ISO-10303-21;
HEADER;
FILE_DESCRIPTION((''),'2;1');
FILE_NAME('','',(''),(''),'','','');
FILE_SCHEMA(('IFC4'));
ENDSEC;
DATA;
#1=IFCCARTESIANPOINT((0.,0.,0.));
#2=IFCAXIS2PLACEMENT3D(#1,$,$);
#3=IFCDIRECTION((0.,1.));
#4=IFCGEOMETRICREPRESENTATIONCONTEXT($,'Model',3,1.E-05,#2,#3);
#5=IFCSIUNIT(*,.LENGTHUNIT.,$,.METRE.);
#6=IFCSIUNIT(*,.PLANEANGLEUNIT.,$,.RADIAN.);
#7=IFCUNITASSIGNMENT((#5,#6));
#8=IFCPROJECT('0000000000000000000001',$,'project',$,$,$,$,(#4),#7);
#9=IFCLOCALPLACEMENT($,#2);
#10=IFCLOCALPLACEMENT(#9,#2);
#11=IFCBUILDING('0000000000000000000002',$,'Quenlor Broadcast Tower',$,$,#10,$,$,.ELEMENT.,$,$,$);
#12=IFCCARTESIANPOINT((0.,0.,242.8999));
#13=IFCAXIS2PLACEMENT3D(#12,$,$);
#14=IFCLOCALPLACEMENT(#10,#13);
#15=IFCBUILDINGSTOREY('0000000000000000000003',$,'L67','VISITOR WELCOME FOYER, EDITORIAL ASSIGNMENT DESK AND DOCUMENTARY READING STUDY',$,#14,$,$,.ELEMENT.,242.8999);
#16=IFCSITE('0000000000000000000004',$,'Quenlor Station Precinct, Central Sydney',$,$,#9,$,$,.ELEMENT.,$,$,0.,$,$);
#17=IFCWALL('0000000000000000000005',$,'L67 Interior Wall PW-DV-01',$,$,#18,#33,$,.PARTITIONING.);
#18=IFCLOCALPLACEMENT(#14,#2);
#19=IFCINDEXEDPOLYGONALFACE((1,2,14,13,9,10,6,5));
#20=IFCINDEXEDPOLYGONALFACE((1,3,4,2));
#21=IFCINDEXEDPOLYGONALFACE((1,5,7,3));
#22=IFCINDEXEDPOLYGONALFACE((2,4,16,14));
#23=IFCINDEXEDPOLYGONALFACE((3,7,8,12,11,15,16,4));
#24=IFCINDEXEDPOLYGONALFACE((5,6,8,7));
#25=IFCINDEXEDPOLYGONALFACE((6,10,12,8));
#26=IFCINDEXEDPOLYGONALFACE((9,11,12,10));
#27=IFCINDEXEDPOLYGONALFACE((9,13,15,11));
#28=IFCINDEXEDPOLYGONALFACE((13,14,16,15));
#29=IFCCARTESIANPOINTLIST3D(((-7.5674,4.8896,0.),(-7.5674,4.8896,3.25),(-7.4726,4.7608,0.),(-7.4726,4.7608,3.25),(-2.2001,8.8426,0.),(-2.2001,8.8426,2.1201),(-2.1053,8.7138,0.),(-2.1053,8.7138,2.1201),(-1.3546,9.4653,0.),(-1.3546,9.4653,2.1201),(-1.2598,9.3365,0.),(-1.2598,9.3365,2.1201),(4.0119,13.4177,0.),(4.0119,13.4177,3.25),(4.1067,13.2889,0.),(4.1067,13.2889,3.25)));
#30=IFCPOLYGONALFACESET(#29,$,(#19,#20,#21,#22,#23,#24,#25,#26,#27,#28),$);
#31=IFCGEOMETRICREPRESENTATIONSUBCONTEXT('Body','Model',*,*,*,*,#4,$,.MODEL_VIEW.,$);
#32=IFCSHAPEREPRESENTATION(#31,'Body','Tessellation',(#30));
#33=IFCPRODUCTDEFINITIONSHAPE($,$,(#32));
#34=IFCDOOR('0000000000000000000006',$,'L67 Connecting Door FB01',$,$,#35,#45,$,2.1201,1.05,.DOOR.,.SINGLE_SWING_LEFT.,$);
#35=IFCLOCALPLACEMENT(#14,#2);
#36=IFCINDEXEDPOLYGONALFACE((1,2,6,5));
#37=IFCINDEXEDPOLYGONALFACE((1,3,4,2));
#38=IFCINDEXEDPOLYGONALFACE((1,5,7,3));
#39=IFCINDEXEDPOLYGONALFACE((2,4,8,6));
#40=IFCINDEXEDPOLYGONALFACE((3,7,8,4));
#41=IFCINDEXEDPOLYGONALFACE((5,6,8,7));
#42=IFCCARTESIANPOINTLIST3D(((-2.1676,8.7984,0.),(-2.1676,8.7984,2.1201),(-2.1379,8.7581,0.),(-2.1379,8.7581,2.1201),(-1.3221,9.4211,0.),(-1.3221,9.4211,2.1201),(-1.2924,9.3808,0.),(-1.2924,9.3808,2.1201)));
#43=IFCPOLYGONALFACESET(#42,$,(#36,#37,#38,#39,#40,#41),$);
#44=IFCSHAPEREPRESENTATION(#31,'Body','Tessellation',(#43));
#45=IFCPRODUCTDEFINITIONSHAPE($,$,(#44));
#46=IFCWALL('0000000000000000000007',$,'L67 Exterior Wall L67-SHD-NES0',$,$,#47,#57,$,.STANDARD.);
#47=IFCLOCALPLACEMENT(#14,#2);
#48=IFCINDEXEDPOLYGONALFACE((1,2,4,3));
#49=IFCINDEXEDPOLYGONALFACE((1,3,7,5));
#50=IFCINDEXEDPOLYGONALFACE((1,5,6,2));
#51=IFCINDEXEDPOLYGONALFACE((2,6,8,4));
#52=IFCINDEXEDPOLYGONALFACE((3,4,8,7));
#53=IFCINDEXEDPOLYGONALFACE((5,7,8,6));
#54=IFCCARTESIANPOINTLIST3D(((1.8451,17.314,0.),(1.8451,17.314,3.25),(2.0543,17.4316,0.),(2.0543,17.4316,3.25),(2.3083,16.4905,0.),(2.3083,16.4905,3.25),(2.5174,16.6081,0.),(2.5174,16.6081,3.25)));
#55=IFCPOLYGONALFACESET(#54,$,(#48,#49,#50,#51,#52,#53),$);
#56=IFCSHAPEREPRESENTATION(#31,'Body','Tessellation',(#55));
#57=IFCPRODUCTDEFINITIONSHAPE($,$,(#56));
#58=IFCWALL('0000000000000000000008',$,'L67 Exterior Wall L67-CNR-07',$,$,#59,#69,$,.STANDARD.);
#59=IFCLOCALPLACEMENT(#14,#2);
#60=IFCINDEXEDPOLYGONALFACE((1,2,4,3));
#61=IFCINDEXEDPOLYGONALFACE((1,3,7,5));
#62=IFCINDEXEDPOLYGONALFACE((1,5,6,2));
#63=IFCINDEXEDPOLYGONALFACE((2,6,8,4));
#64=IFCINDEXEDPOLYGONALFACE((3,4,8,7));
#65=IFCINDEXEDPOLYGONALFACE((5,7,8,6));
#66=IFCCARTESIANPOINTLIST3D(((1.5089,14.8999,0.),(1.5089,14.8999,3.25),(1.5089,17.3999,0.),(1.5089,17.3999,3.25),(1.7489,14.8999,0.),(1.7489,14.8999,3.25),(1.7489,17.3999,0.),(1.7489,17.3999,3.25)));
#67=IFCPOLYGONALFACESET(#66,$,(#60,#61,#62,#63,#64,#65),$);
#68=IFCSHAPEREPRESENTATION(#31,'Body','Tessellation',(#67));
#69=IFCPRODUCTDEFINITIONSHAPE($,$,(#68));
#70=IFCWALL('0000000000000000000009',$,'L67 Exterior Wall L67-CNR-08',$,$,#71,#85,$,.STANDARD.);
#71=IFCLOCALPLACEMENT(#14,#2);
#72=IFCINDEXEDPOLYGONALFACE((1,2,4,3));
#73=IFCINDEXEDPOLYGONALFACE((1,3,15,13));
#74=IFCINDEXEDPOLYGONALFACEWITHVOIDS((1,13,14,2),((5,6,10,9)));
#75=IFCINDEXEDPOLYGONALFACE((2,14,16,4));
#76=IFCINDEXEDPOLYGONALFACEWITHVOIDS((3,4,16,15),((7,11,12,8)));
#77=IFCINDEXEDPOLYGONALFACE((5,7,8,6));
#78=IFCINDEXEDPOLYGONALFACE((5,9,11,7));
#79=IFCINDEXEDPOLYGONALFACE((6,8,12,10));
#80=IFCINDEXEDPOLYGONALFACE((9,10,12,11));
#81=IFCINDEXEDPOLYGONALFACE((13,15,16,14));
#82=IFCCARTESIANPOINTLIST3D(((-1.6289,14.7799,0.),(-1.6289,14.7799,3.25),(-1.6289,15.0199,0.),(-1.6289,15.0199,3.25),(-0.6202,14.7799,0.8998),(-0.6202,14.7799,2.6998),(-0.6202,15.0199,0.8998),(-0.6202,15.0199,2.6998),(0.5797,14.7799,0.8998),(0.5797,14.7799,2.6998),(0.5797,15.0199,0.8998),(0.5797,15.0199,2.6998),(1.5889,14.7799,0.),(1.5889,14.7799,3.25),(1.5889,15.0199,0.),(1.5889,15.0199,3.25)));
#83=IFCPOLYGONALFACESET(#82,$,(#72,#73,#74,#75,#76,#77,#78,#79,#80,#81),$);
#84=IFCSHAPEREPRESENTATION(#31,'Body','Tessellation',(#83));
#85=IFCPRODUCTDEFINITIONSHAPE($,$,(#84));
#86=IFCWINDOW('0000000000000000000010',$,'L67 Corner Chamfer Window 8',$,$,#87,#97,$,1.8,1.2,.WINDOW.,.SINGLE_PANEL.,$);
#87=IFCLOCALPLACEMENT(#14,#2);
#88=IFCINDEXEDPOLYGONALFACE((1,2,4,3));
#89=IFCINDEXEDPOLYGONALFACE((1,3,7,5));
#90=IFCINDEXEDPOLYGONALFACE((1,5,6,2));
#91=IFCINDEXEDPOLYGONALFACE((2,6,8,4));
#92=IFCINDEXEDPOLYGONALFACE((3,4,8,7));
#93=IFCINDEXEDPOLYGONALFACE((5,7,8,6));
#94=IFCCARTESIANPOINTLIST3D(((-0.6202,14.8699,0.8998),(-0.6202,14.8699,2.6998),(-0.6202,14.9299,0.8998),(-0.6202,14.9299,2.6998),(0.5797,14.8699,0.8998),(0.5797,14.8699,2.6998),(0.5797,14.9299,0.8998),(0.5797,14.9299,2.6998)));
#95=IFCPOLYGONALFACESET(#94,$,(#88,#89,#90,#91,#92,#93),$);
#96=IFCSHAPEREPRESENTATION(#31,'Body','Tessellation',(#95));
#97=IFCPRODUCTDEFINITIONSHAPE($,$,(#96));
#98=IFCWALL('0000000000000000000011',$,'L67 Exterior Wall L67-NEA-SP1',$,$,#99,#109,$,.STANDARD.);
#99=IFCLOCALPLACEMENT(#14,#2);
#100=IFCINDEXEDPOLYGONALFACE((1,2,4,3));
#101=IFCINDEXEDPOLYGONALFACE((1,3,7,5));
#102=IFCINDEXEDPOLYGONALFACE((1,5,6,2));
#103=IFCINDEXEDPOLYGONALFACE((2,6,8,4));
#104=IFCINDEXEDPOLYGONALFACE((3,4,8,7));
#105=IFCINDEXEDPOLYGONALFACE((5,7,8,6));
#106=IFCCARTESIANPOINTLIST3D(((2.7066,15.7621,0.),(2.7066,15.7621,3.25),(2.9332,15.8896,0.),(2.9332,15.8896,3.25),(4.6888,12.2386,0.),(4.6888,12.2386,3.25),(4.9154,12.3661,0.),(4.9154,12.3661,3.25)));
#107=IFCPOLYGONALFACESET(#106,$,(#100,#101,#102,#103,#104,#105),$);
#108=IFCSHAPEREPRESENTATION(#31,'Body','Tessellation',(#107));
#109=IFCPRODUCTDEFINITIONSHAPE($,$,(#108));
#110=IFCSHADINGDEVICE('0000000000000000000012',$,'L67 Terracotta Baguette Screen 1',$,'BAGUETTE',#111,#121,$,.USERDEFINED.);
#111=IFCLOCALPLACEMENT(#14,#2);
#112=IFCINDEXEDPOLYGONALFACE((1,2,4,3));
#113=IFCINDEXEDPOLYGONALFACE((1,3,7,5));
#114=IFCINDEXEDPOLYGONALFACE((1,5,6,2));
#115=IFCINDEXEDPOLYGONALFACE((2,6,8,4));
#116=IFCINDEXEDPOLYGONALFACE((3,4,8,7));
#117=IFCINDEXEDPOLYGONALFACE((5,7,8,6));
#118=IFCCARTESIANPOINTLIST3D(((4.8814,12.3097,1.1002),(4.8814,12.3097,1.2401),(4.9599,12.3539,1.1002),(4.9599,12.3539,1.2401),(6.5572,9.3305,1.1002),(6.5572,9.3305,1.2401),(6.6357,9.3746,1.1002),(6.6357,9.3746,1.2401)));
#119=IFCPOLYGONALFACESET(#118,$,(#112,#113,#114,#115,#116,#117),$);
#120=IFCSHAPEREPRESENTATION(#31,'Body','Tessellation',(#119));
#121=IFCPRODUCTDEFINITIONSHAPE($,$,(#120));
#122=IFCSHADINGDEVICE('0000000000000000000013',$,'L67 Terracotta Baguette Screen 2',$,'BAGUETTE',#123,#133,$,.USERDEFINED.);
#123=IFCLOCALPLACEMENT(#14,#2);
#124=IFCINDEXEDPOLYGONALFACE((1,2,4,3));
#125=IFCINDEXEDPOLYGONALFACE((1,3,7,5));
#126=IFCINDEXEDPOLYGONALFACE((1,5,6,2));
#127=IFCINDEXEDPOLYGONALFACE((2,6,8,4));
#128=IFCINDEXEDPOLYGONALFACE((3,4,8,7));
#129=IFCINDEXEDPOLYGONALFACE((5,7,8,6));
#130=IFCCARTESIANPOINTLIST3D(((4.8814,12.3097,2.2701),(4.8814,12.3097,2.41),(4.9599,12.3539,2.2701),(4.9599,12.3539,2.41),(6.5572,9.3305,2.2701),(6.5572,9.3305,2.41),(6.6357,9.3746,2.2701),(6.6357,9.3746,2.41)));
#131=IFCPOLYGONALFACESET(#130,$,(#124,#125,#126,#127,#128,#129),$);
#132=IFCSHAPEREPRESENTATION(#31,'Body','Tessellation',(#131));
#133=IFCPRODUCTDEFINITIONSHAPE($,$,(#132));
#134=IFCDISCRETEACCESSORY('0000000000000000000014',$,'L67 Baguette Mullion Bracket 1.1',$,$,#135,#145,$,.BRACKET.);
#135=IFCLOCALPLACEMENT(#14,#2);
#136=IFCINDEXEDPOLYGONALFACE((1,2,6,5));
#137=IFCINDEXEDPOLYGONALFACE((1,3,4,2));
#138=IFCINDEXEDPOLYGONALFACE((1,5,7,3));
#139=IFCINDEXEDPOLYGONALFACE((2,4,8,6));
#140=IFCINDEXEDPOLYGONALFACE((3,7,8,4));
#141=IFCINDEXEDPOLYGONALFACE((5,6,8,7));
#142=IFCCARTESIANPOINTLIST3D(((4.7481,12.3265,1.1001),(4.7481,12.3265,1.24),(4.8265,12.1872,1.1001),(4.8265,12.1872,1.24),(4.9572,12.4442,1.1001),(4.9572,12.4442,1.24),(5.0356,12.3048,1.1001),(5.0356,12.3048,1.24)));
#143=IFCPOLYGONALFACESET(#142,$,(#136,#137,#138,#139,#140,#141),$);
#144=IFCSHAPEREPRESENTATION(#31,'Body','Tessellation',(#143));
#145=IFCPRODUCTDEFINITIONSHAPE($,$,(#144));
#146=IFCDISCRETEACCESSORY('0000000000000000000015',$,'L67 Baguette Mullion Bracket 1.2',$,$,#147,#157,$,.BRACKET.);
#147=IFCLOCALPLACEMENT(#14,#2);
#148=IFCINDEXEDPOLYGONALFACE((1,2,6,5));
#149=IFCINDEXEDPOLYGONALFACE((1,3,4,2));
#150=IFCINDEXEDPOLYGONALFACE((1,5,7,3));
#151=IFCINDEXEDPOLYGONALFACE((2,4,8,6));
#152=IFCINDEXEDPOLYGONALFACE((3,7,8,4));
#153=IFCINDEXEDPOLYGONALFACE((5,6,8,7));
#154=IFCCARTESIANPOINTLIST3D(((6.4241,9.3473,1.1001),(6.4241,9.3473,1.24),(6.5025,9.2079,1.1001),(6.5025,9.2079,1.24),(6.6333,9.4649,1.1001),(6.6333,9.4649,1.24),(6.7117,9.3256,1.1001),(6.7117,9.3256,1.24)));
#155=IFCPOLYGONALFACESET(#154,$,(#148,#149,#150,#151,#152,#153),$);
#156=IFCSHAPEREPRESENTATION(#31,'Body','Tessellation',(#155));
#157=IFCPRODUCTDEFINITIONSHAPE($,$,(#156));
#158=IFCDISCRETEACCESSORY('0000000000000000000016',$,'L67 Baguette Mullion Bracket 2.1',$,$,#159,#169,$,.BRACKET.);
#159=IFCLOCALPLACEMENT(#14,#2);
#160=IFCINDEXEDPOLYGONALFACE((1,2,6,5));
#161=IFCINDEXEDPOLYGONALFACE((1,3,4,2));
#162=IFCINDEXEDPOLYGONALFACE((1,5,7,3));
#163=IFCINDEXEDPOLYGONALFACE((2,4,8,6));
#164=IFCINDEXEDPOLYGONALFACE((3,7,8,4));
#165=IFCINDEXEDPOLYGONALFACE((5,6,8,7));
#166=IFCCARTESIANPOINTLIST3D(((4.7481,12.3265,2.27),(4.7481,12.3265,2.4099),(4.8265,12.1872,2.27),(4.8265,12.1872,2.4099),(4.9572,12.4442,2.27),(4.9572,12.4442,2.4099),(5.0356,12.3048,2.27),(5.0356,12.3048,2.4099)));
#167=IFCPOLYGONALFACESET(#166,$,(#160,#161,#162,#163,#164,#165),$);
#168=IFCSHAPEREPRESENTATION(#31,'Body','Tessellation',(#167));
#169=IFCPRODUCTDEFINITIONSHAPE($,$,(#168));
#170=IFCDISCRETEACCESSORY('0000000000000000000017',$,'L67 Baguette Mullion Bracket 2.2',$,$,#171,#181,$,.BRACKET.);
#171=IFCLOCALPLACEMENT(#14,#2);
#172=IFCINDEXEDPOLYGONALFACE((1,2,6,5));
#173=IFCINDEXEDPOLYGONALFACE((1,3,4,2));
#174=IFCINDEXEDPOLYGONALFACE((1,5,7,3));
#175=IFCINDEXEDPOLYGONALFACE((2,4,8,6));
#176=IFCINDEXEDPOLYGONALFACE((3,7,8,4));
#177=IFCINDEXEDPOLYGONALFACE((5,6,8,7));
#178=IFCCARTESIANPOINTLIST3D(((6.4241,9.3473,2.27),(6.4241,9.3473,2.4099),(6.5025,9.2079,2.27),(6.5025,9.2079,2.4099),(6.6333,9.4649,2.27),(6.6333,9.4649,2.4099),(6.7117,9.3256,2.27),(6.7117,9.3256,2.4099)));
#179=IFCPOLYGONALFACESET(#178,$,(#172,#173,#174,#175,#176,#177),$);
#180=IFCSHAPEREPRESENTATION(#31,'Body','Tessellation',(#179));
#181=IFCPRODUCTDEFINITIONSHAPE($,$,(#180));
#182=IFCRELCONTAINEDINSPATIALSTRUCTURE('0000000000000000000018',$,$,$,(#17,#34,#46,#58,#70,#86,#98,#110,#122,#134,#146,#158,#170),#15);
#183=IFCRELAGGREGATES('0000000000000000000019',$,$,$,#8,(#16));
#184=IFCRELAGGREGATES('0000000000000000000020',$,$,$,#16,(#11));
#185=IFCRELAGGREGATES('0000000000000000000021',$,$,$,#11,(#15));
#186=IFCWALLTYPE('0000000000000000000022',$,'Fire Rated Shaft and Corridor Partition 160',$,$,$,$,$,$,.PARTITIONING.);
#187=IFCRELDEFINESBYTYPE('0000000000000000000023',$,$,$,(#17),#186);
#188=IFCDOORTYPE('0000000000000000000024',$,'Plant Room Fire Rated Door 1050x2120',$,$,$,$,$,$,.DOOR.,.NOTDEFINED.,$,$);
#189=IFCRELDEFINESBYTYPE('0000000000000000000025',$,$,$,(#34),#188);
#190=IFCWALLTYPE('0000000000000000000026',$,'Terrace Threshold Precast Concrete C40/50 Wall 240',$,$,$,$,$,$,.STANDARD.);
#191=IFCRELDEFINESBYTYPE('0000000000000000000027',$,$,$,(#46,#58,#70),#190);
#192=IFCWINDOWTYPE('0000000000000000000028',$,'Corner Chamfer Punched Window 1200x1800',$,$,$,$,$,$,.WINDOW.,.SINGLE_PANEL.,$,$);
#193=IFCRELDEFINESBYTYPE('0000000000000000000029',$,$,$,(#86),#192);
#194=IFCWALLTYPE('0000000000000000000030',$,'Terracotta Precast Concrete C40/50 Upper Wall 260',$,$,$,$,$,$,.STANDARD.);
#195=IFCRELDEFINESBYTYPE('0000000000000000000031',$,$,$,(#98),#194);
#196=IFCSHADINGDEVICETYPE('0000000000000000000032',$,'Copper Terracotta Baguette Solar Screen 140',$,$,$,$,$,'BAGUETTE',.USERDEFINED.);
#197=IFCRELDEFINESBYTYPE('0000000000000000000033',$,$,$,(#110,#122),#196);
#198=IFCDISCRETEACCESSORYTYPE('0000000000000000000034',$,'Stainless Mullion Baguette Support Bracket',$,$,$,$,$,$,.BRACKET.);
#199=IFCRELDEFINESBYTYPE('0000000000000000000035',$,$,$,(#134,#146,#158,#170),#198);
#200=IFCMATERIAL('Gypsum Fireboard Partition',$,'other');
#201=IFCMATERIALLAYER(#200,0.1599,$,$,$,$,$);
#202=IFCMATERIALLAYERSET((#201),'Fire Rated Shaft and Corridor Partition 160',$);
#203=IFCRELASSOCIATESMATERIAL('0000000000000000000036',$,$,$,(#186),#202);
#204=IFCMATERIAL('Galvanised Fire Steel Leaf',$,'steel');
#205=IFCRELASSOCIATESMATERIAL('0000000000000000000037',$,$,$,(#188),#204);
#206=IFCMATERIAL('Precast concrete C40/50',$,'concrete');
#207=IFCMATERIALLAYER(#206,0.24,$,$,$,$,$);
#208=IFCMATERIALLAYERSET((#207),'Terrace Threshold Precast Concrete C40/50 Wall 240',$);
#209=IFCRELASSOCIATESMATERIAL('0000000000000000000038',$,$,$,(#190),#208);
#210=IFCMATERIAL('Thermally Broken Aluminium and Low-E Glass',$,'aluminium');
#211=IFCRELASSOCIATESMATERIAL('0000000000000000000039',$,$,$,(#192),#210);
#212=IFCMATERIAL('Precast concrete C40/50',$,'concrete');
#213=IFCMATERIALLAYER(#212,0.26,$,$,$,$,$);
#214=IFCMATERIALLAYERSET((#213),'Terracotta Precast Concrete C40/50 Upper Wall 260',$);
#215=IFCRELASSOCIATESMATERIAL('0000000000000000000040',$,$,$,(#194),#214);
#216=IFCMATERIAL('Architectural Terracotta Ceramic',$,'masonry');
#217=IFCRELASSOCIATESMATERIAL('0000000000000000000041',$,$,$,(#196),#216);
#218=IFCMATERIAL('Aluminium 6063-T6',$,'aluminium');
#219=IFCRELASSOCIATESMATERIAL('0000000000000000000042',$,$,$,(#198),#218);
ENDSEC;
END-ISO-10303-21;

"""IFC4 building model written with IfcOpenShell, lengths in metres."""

from ifc_helpers import new_model, si_unit, direction, frame, frame_2d, origin, origin_2d, place, context, subcontext, project, spatial, rectangle, extrude, material, layer, layer_set, material_profile, profile_set, type_object, element, fill, save


model = new_model("IFC4")

# Units and contexts
model_context = context("Model", 3, precision=1e-05, world=origin(), true_north=direction((0.0, 1.0)))
body_context = subcontext(model_context, "Body", "Model", "MODEL_VIEW")
ifc_project = project(units=[si_unit("LENGTHUNIT", "METRE"), si_unit("PLANEANGLEUNIT", "RADIAN")], contexts=[model_context])

# Site, building, storey
site_placement = place(None, origin())
site = spatial("IfcSite", under=ifc_project, at=site_placement, Name="Quenlor Station Precinct, Central Sydney", CompositionType="ELEMENT", RefElevation=0.0)
building_placement = place(site_placement, origin())
building = spatial("IfcBuilding", under=site, at=building_placement, Name="Quenlor Broadcast Tower", CompositionType="ELEMENT")
storey_placement = place(building_placement, frame((0.0, 0.0, 242.8999)))
storey = spatial("IfcBuildingStorey", under=building, at=storey_placement, Name="L67", Description="VISITOR WELCOME FOYER, EDITORIAL ASSIGNMENT DESK AND DOCUMENTARY READING STUDY", CompositionType="ELEMENT", Elevation=242.8999)

# Wall, opening, door
ifc_material_1 = material(Name="Gypsum Fireboard Partition", Category="other")
ifc_layer_1 = layer(ifc_material_1, 0.1599)
ifc_layer_set_1 = layer_set([ifc_layer_1], Name="Fire Rated Shaft and Corridor Partition 160")
wall_type_1 = type_object("IfcWallType", Name="Fire Rated Shaft and Corridor Partition 160", PredefinedType="PARTITIONING", material=ifc_layer_set_1)
wall_1_placement = place(storey_placement, frame((4.0593, 13.3533, 0.0), z_axis=(0.0, 0.0, 1.0), x_axis=(-0.805191, -0.593015, 0.0)))
wall_1 = element("IfcWall", 1, at=wall_1_placement, inside=storey, type_object=wall_type_1, Name="L67 Interior Wall PW-DV-01", PredefinedType="PARTITIONING", context=body_context, shape_type="SweptSolid", body=[
    extrude(rectangle(XDim=14.3809, YDim=0.1599, at=frame_2d((7.1904, 0.0))), origin(), (0.0, 0.0, 1.0), 3.25),
])
opening_1_placement = place(wall_1_placement, frame((6.665, 0.0, 0.0)))
opening_1 = element("IfcOpeningElement", 2, at=opening_1_placement, cuts=wall_1, PredefinedType="OPENING", context=body_context, shape_type="SweptSolid", body=[
    extrude(rectangle(XDim=1.05, YDim=2.1201, at=frame_2d((0.5249, 1.0601))), frame((0.0, 0.0898, 0.0), z_axis=(0.0, -1.0, 0.0), x_axis=(1.0, 0.0, 0.0)), (0.0, 0.0, 1.0), 0.1799),
])
ifc_material_2 = material(Name="Galvanised Fire Steel Leaf", Category="steel")
door_type = type_object("IfcDoorType", Name="Plant Room Fire Rated Door 1050x2120", OperationType="NOTDEFINED", PredefinedType="DOOR", material=ifc_material_2)
door_placement = place(opening_1_placement, origin())
door = element("IfcDoor", 3, at=door_placement, inside=storey, type_object=door_type, Name="L67 Connecting Door FB01", OperationType="SINGLE_SWING_LEFT", OverallHeight=2.1201, OverallWidth=1.05, PredefinedType="DOOR", context=body_context, shape_type="SweptSolid", body=[
    extrude(rectangle(XDim=1.05, YDim=2.1201, at=frame_2d((0.5249, 1.0601))), frame((0.0, 0.0249, 0.0), z_axis=(0.0, -1.0, 0.0), x_axis=(1.0, 0.0, 0.0)), (0.0, 0.0, 1.0), 0.05),
])
fill(opening_1, door)

# Walls
ifc_material_3 = material(Name="Precast concrete C40/50", Category="concrete")
ifc_layer_2 = layer(ifc_material_3, 0.24)
ifc_layer_set_2 = layer_set([ifc_layer_2], Name="Terrace Threshold Precast Concrete C40/50 Wall 240")
wall_type_2 = type_object("IfcWallType", Name="Terrace Threshold Precast Concrete C40/50 Wall 240", PredefinedType="STANDARD", material=ifc_layer_set_2)
wall_2_placement = place(storey_placement, frame((1.9497, 17.3728, 0.0), z_axis=(0.0, 0.0, 1.0), x_axis=(0.4902, -0.87161, 0.0)))
element("IfcWall", 4, at=wall_2_placement, inside=storey, type_object=wall_type_2, Name="L67 Exterior Wall L67-SHD-NES0", PredefinedType="STANDARD", context=body_context, shape_type="SweptSolid", body=[
    extrude(rectangle(XDim=0.9448, YDim=0.24, at=frame_2d((0.4724, 0.0))), origin(), (0.0, 0.0, 1.0), 3.25),
])
wall_3_placement = place(storey_placement, frame((1.6289, 17.3999, 0.0), z_axis=(0.0, 0.0, 1.0), x_axis=(0.0, -1.0, 0.0)))
element("IfcWall", 5, at=wall_3_placement, inside=storey, type_object=wall_type_2, Name="L67 Exterior Wall L67-CNR-07", PredefinedType="STANDARD", context=body_context, shape_type="SweptSolid", body=[
    extrude(rectangle(XDim=2.5, YDim=0.24, at=frame_2d((1.25, 0.0))), origin(), (0.0, 0.0, 1.0), 3.25),
])

# Wall, opening, window
wall_4_placement = place(storey_placement, frame((1.5889, 14.8999, 0.0), z_axis=(0.0, 0.0, 1.0), x_axis=(-1.0, 0.0, 0.0)))
wall_4 = element("IfcWall", 6, at=wall_4_placement, inside=storey, type_object=wall_type_2, Name="L67 Exterior Wall L67-CNR-08", PredefinedType="STANDARD", context=body_context, shape_type="SweptSolid", body=[
    extrude(rectangle(XDim=3.2178, YDim=0.24, at=frame_2d((1.6089, 0.0))), origin(), (0.0, 0.0, 1.0), 3.25),
])
opening_2_placement = place(wall_4_placement, frame((1.009, 0.0, 0.8999)))
opening_2 = element("IfcOpeningElement", 7, at=opening_2_placement, cuts=wall_4, PredefinedType="OPENING", context=body_context, shape_type="SweptSolid", body=[
    extrude(rectangle(XDim=1.2, YDim=1.8, at=frame_2d((0.6001, 0.8999))), frame((0.0, 0.1299, 0.0), z_axis=(0.0, -1.0, 0.0), x_axis=(1.0, 0.0, 0.0)), (0.0, 0.0, 1.0), 0.26),
])
ifc_material_4 = material(Name="Thermally Broken Aluminium and Low-E Glass", Category="aluminium")
window_type = type_object("IfcWindowType", Name="Corner Chamfer Punched Window 1200x1800", PartitioningType="SINGLE_PANEL", PredefinedType="WINDOW", material=ifc_material_4)
window_placement = place(opening_2_placement, origin())
window = element("IfcWindow", 8, at=window_placement, inside=storey, type_object=window_type, Name="L67 Corner Chamfer Window 8", OverallHeight=1.8, OverallWidth=1.2, PartitioningType="SINGLE_PANEL", PredefinedType="WINDOW", context=body_context, shape_type="SweptSolid", body=[
    extrude(rectangle(XDim=1.2, YDim=1.8, at=frame_2d((0.6001, 0.8999))), frame((0.0, 0.03, 0.0), z_axis=(0.0, -1.0, 0.0), x_axis=(1.0, 0.0, 0.0)), (0.0, 0.0, 1.0), 0.0601),
])
fill(opening_2, window)

# Wall
ifc_material_5 = material(Name="Precast concrete C40/50", Category="concrete")
ifc_layer_3 = layer(ifc_material_5, 0.26)
ifc_layer_set_3 = layer_set([ifc_layer_3], Name="Terracotta Precast Concrete C40/50 Upper Wall 260")
wall_type_3 = type_object("IfcWallType", Name="Terracotta Precast Concrete C40/50 Upper Wall 260", PredefinedType="STANDARD", material=ifc_layer_set_3)
wall_5_placement = place(storey_placement, frame((2.8198, 15.8259, 0.0), z_axis=(0.0, 0.0, 1.0), x_axis=(0.490307, -0.87155, 0.0)))
element("IfcWall", 9, at=wall_5_placement, inside=storey, type_object=wall_type_3, Name="L67 Exterior Wall L67-NEA-SP1", PredefinedType="STANDARD", context=body_context, shape_type="SweptSolid", body=[
    extrude(rectangle(XDim=4.0427, YDim=0.26, at=frame_2d((2.0215, 0.0))), origin(), (0.0, 0.0, 1.0), 3.25),
])

# Shading devices
ifc_material_6 = material(Name="Architectural Terracotta Ceramic", Category="masonry")
ifc_material_profile_1 = material_profile(ifc_material_6, rectangle(XDim=0.0901, YDim=0.1399, at=origin_2d()))
ifc_profile_set_1 = profile_set([ifc_material_profile_1], Name="Architectural Terracotta Ceramic BAG90x140")
shading_device_type = type_object("IfcShadingDeviceType", Name="Copper Terracotta Baguette Solar Screen 140", ElementType="BAGUETTE", PredefinedType="USERDEFINED", material=ifc_profile_set_1)
for number, where, z_axis, x_axis, name in (
    (10, (4.9207, 12.3318, 1.1702), (0.490251, -0.871581, 0.0), (0.871581, 0.490251, 0.0), "L67 Terracotta Baguette Screen 1"),
    (11, (4.9207, 12.3318, 2.3401), (0.490251, -0.871581, 0.0), (0.871581, 0.490251, 0.0), "L67 Terracotta Baguette Screen 2"),
):
    element("IfcShadingDevice", number, at=place(storey_placement, frame(where, z_axis=z_axis, x_axis=x_axis)), inside=storey, type_object=shading_device_type, Name=name, ObjectType="BAGUETTE", PredefinedType="USERDEFINED", context=body_context, shape_type="SweptSolid", body=[
        extrude(rectangle(XDim=0.0901, YDim=0.1399, at=origin_2d()), origin(), (0.0, 0.0, 1.0), 3.4182),
    ])

# Discrete accessories
ifc_material_7 = material(Name="Aluminium 6063-T6", Category="aluminium")
discrete_accessory_type = type_object("IfcDiscreteAccessoryType", Name="Stainless Mullion Baguette Support Bracket", PredefinedType="BRACKET", material=ifc_material_7)
for number, where, z_axis, x_axis, name in (
    (12, (4.8918, 12.3157, 1.1001), (0.0, 0.0, 1.0), (0.49025, -0.871582, 0.0), "L67 Baguette Mullion Bracket 1.1"),
    (13, (6.5679, 9.3364, 1.1001), (0.0, 0.0, 1.0), (0.49025, -0.871582, 0.0), "L67 Baguette Mullion Bracket 1.2"),
    (14, (4.8918, 12.3157, 2.27), (0.0, 0.0, 1.0), (0.49025, -0.871582, 0.0), "L67 Baguette Mullion Bracket 2.1"),
    (15, (6.5679, 9.3364, 2.27), (0.0, 0.0, 1.0), (0.49025, -0.871582, 0.0), "L67 Baguette Mullion Bracket 2.2"),
):
    element("IfcDiscreteAccessory", number, at=place(storey_placement, frame(where, z_axis=z_axis, x_axis=x_axis)), inside=storey, type_object=discrete_accessory_type, Name=name, PredefinedType="BRACKET", context=body_context, shape_type="SweptSolid", body=[
        extrude(rectangle(XDim=0.1599, YDim=0.24, at=origin_2d()), origin(), (0.0, 0.0, 1.0), 0.1399),
    ])

save(model, "model.ifc")
